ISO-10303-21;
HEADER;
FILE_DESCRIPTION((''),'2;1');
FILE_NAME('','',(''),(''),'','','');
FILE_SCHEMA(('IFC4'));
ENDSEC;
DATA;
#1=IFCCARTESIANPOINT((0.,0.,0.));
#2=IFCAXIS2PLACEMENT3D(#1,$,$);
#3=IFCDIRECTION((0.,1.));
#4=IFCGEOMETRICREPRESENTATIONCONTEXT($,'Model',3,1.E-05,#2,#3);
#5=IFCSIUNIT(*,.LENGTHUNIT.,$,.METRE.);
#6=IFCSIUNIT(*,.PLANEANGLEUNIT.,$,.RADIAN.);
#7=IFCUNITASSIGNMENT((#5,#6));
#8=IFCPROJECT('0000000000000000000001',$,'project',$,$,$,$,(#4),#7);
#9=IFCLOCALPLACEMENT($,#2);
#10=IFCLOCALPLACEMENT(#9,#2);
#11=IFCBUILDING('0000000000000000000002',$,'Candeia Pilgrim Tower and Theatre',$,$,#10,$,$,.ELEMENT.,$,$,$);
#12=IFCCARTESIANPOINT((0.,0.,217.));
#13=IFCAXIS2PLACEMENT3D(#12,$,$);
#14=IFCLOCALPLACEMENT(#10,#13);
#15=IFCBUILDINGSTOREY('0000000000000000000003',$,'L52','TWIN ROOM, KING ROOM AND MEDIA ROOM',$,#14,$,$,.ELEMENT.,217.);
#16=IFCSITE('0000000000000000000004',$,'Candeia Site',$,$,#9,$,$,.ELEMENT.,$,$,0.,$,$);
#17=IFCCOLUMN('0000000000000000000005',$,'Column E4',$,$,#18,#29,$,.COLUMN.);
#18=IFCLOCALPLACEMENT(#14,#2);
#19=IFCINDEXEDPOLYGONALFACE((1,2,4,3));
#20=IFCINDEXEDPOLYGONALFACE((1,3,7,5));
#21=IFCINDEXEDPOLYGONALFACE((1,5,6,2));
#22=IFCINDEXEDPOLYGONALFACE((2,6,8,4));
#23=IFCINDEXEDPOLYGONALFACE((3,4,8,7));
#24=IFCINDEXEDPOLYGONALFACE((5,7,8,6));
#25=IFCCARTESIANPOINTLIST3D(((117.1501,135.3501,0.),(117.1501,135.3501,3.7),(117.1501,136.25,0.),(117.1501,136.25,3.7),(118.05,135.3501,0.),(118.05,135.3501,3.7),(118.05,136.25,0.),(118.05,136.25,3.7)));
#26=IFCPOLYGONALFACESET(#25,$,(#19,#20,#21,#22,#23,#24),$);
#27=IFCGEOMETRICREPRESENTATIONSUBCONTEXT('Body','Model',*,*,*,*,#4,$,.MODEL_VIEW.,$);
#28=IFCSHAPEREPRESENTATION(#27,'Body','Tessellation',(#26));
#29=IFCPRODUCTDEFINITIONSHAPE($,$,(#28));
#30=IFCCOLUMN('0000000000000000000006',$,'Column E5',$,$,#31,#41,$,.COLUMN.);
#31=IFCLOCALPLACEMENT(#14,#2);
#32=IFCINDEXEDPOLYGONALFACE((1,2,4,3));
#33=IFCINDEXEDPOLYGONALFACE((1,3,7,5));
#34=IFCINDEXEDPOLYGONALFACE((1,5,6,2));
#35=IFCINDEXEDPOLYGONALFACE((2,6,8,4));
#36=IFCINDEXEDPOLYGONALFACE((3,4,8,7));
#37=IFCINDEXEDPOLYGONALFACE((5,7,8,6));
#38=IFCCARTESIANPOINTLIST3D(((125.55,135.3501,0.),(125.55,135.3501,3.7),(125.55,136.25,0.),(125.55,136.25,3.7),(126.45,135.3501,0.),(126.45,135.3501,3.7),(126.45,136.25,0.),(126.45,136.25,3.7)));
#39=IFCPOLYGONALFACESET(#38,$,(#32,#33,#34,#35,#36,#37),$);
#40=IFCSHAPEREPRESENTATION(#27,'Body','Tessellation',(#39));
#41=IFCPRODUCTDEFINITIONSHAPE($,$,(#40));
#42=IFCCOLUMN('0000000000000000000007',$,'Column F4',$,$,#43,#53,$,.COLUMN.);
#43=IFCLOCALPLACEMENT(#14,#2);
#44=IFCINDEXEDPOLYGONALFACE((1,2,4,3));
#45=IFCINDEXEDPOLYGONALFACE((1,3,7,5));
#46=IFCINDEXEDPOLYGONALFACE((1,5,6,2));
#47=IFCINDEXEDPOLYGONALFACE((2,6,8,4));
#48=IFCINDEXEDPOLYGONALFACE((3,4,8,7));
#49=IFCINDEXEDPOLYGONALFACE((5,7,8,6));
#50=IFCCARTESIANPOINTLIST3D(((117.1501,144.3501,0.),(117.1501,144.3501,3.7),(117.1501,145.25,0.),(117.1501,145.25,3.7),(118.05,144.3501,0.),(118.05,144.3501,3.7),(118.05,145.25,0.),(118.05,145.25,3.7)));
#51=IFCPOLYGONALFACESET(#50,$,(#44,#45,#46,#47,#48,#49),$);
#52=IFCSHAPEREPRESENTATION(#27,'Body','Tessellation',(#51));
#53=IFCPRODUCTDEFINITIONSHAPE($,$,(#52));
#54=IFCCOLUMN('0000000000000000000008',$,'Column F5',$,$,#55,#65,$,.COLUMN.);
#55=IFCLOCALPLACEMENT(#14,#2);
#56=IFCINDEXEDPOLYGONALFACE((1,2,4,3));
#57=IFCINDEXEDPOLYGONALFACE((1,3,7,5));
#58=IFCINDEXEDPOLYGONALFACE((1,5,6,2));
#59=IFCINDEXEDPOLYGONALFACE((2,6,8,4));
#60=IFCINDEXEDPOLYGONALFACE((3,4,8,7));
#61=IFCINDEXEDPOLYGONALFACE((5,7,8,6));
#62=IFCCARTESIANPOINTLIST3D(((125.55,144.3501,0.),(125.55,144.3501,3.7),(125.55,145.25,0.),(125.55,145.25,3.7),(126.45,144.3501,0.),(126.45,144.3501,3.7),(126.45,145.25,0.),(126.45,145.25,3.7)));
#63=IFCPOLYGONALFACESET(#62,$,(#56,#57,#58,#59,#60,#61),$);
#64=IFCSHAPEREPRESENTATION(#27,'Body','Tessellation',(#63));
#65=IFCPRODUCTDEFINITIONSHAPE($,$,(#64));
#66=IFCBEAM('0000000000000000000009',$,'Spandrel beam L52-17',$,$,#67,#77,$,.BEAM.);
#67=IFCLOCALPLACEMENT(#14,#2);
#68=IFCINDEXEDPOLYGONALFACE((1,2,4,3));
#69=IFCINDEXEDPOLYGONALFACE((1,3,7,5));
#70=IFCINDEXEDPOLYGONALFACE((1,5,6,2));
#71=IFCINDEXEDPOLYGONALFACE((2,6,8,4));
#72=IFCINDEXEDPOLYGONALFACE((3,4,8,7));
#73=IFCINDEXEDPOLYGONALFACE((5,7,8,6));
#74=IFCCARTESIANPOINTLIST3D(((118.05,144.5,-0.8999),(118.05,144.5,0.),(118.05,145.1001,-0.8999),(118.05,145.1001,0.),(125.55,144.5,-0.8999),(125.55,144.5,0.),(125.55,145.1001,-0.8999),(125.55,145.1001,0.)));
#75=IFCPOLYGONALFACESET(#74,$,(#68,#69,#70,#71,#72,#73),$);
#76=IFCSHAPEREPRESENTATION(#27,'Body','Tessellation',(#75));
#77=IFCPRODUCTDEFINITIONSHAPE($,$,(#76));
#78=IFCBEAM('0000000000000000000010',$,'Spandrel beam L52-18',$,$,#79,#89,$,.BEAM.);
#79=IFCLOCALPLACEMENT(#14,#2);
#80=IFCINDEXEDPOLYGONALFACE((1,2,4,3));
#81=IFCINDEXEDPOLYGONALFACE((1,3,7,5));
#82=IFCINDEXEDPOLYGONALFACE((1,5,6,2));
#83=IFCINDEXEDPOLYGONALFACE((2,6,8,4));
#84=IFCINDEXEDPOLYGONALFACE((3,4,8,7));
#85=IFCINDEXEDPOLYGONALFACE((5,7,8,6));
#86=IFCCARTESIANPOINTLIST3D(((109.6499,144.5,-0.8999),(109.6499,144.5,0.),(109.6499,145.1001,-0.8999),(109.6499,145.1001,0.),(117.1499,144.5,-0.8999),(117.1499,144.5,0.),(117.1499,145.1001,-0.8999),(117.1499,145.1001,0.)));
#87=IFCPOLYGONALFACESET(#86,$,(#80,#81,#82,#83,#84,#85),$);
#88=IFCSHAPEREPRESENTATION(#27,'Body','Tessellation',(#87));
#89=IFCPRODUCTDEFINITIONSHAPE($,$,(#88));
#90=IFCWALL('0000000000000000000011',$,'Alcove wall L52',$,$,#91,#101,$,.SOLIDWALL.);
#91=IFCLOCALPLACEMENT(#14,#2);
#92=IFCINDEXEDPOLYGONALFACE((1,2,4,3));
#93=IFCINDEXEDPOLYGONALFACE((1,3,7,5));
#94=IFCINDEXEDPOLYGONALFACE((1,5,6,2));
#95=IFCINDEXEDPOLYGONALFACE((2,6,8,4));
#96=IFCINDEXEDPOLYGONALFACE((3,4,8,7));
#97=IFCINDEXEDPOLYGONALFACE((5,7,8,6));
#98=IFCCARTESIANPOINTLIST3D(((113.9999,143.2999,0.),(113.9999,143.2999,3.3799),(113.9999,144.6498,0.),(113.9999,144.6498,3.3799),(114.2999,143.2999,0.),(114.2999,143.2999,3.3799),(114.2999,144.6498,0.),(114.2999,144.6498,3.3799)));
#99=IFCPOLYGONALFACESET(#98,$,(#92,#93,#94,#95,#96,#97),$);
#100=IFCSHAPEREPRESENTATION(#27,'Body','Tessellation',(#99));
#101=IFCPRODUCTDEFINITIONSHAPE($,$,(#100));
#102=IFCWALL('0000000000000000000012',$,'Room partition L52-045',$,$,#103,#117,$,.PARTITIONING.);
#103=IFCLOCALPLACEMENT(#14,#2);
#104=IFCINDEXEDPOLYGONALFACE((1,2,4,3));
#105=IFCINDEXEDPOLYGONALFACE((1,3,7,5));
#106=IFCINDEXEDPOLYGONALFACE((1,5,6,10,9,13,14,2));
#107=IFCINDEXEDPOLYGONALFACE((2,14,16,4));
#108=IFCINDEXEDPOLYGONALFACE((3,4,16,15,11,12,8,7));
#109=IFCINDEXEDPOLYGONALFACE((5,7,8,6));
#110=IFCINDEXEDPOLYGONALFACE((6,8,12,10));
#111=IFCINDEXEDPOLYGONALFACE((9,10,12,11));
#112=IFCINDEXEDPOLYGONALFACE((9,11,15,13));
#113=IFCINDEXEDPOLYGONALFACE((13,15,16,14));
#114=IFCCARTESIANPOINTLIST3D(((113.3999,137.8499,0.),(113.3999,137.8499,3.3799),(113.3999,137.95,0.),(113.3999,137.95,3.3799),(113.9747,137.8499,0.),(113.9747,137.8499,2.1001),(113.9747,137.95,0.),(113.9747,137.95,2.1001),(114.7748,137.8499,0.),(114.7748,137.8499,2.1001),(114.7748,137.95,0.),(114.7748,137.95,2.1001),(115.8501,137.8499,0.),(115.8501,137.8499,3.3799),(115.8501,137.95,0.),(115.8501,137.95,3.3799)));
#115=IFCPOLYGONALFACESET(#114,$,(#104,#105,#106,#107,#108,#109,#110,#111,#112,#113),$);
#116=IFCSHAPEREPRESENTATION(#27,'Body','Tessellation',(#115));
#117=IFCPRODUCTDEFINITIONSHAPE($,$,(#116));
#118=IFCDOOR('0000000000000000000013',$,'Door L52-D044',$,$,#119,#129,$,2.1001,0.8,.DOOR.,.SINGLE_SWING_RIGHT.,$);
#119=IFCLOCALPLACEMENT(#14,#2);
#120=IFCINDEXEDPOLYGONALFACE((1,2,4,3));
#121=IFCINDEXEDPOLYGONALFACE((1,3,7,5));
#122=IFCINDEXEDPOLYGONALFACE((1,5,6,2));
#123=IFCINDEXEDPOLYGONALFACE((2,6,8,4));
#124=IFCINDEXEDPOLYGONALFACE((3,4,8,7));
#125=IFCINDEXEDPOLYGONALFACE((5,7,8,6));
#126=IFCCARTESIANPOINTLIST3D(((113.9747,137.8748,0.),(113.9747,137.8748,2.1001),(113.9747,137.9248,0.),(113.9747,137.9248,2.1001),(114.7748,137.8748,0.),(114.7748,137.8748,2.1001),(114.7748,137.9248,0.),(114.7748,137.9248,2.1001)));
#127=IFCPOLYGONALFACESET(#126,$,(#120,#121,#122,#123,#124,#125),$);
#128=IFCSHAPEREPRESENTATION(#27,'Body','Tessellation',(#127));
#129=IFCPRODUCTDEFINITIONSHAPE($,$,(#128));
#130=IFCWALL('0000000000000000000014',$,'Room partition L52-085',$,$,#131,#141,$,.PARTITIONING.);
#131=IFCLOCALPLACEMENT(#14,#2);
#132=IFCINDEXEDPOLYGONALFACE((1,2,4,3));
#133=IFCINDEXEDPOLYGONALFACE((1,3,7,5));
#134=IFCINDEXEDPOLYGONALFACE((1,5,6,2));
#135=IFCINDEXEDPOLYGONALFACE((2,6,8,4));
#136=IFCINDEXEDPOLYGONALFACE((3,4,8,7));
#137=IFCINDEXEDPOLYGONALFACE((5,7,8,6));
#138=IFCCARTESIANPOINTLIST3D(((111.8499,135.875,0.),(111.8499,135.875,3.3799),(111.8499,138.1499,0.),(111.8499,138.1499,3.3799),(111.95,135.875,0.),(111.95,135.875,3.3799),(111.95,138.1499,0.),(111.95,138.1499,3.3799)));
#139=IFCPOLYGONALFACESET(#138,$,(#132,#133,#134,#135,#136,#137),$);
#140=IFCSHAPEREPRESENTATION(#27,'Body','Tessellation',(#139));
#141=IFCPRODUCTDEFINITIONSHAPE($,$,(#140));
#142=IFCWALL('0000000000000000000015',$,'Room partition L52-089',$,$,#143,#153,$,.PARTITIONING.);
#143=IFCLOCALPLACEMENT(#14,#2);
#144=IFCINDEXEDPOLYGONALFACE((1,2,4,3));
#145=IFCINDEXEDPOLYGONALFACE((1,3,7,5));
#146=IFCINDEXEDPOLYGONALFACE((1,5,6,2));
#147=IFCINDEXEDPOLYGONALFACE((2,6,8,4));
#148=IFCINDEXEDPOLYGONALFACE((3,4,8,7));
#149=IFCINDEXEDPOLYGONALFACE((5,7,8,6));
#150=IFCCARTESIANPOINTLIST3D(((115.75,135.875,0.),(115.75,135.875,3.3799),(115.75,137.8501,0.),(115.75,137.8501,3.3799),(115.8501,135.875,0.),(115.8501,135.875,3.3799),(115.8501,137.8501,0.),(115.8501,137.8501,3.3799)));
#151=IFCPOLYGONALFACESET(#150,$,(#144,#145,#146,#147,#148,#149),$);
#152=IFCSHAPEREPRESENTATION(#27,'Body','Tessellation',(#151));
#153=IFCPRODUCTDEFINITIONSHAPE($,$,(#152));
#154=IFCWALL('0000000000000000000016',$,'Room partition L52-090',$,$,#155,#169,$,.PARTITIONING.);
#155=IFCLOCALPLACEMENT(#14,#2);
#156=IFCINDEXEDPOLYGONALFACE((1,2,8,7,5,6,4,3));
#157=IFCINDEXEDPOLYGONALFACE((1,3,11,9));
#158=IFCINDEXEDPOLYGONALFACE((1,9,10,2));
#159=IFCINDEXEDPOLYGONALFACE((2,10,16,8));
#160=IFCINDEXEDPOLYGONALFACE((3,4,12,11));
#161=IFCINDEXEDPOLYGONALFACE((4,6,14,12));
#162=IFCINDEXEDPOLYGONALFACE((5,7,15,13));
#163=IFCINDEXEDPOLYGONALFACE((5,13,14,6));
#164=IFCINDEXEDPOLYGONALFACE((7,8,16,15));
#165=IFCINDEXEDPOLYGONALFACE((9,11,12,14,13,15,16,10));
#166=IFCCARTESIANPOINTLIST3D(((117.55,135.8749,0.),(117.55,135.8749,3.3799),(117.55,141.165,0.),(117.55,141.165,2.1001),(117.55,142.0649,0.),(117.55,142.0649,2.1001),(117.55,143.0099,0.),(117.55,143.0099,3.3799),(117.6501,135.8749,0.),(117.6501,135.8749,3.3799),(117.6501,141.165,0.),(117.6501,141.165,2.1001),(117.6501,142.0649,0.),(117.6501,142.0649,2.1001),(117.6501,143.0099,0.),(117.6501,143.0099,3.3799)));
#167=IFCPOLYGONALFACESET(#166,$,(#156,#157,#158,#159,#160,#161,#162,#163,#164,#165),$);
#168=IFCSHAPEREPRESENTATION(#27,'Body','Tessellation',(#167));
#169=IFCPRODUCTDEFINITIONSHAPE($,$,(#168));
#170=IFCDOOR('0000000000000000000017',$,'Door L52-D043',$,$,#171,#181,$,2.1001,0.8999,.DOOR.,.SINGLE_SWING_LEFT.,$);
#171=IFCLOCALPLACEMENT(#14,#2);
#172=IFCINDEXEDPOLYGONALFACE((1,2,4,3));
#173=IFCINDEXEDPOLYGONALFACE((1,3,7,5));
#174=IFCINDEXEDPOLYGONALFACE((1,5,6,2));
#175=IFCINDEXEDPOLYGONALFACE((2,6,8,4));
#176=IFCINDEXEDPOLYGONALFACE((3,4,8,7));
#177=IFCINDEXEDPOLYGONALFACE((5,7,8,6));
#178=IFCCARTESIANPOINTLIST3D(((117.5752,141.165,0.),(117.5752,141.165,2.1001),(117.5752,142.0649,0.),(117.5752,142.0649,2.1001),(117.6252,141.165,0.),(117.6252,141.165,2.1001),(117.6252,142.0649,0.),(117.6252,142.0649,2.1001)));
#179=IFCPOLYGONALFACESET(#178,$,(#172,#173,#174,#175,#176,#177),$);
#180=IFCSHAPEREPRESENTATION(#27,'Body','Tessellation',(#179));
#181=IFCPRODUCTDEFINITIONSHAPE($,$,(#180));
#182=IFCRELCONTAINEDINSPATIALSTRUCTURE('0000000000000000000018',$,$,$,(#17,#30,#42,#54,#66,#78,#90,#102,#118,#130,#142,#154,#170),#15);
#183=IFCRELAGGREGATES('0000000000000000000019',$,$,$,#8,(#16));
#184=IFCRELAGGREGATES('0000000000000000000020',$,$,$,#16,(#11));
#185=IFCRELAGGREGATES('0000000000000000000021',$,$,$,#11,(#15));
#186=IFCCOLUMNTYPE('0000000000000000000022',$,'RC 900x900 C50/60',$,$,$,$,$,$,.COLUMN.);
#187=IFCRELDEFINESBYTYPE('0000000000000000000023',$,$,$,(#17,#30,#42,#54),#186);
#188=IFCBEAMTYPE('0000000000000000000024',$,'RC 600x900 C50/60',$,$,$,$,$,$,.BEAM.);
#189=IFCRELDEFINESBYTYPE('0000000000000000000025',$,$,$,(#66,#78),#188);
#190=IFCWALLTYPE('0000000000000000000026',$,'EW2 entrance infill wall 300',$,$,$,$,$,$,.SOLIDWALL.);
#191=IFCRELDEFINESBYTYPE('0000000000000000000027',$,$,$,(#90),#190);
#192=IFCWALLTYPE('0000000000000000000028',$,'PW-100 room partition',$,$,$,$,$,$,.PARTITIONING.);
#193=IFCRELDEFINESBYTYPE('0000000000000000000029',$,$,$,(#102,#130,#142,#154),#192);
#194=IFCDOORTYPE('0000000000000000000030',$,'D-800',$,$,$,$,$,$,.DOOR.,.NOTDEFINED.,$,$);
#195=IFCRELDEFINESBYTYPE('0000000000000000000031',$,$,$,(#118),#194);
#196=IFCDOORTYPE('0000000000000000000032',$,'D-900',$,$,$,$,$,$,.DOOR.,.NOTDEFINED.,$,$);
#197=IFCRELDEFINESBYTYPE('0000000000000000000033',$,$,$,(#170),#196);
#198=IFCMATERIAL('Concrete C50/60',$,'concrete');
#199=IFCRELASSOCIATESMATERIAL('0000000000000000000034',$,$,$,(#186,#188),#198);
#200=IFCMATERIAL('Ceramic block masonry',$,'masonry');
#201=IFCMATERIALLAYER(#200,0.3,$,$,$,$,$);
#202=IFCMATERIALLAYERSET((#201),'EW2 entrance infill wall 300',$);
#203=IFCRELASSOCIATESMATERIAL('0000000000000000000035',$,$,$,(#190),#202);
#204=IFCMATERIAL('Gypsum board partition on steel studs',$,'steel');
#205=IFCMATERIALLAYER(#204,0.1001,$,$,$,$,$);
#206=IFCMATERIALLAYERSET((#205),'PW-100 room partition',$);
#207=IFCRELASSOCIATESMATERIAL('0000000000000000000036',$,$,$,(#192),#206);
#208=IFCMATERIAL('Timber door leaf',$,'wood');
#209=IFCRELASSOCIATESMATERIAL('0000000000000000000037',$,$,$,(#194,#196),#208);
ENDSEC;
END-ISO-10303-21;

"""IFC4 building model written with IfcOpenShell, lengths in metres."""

from ifc_helpers import new_model, si_unit, direction, frame, frame_2d, origin, origin_2d, place, context, subcontext, project, spatial, rectangle, extrude, material, layer, layer_set, material_profile, profile_set, type_object, element, fill, save


model = new_model("IFC4")

# Units and contexts
model_context = context("Model", 3, precision=1e-05, world=origin(), true_north=direction((0.0, 1.0)))
body_context = subcontext(model_context, "Body", "Model", "MODEL_VIEW")
ifc_project = project(units=[si_unit("LENGTHUNIT", "METRE"), si_unit("PLANEANGLEUNIT", "RADIAN")], contexts=[model_context])

# Site, building, storey
site_placement = place(None, origin())
site = spatial("IfcSite", under=ifc_project, at=site_placement, Name="Candeia Site", CompositionType="ELEMENT", RefElevation=0.0)
building_placement = place(site_placement, origin())
building = spatial("IfcBuilding", under=site, at=building_placement, Name="Candeia Pilgrim Tower and Theatre", CompositionType="ELEMENT")
storey_placement = place(building_placement, frame((0.0, 0.0, 217.0)))
storey = spatial("IfcBuildingStorey", under=building, at=storey_placement, Name="L52", Description="TWIN ROOM, KING ROOM AND MEDIA ROOM", CompositionType="ELEMENT", Elevation=217.0)

# Columns
ifc_material_1 = material(Name="Concrete C50/60", Category="concrete")
ifc_material_profile_1 = material_profile(ifc_material_1, rectangle(XDim=0.8999, YDim=0.8999, at=origin_2d()))
ifc_profile_set_1 = profile_set([ifc_material_profile_1], Name="Concrete C50/60")
column_type = type_object("IfcColumnType", Name="RC 900x900 C50/60", PredefinedType="COLUMN", material=ifc_profile_set_1)
for number, where, z_axis, x_axis, name in (
    (1, (117.6001, 135.8, 0.0), (0.0, 0.0, 1.0), (1.0, 0.0, 0.0), "Column E4"),
    (2, (126.0, 135.8, 0.0), (0.0, 0.0, 1.0), (1.0, 0.0, 0.0), "Column E5"),
    (3, (117.6001, 144.8, 0.0), (0.0, 0.0, 1.0), (1.0, 0.0, 0.0), "Column F4"),
    (4, (126.0, 144.8, 0.0), (0.0, 0.0, 1.0), (1.0, 0.0, 0.0), "Column F5"),
):
    element("IfcColumn", number, at=place(storey_placement, frame(where, z_axis=z_axis, x_axis=x_axis)), inside=storey, type_object=column_type, Name=name, PredefinedType="COLUMN", context=body_context, shape_type="SweptSolid", body=[
        extrude(rectangle(XDim=0.8999, YDim=0.8999, at=origin_2d()), origin(), (0.0, 0.0, 1.0), 3.7),
    ])

# Beams
ifc_material_profile_2 = material_profile(ifc_material_1, rectangle(XDim=0.6001, YDim=0.8999, at=origin_2d()))
ifc_profile_set_2 = profile_set([ifc_material_profile_2], Name="Concrete C50/60")
beam_type = type_object("IfcBeamType", Name="RC 600x900 C50/60", PredefinedType="BEAM", material=ifc_profile_set_2)
for number, where, z_axis, x_axis, name in (
    (5, (125.55, 144.8, -0.45), (-1.0, 0.0, 0.0), (0.0, -1.0, 0.0), "Spandrel beam L52-17"),
    (6, (117.1499, 144.8, -0.45), (-1.0, 0.0, 0.0), (0.0, -1.0, 0.0), "Spandrel beam L52-18"),
):
    element("IfcBeam", number, at=place(storey_placement, frame(where, z_axis=z_axis, x_axis=x_axis)), inside=storey, type_object=beam_type, Name=name, PredefinedType="BEAM", context=body_context, shape_type="SweptSolid", body=[
        extrude(rectangle(XDim=0.6001, YDim=0.8999, at=origin_2d()), origin(), (0.0, 0.0, 1.0), 7.5),
    ])

# Wall
ifc_material_2 = material(Name="Ceramic block masonry", Category="masonry")
ifc_layer_1 = layer(ifc_material_2, 0.3)
ifc_layer_set_1 = layer_set([ifc_layer_1], Name="EW2 entrance infill wall 300")
wall_type_1 = type_object("IfcWallType", Name="EW2 entrance infill wall 300", PredefinedType="SOLIDWALL", material=ifc_layer_set_1)
wall_1_placement = place(storey_placement, frame((114.1499, 143.3, 0.0), z_axis=(0.0, 0.0, 1.0), x_axis=(0.0, 1.0, 0.0)))
element("IfcWall", 7, at=wall_1_placement, inside=storey, type_object=wall_type_1, Name="Alcove wall L52", PredefinedType="SOLIDWALL", context=body_context, shape_type="SweptSolid", body=[
    extrude(rectangle(XDim=1.3499, YDim=0.3, at=frame_2d((0.6748, 0.0))), origin(), (0.0, 0.0, 1.0), 3.3799),
])

# Wall, opening, door
ifc_material_3 = material(Name="Gypsum board partition on steel studs", Category="steel")
ifc_layer_2 = layer(ifc_material_3, 0.1001)
ifc_layer_set_2 = layer_set([ifc_layer_2], Name="PW-100 room partition")
wall_type_2 = type_object("IfcWallType", Name="PW-100 room partition", PredefinedType="PARTITIONING", material=ifc_layer_set_2)
wall_2_placement = place(storey_placement, frame((113.3999, 137.8999, 0.0), z_axis=(0.0, 0.0, 1.0), x_axis=(1.0, 0.0, 0.0)))
wall_2 = element("IfcWall", 8, at=wall_2_placement, inside=storey, type_object=wall_type_2, Name="Room partition L52-045", PredefinedType="PARTITIONING", context=body_context, shape_type="SweptSolid", body=[
    extrude(rectangle(XDim=2.4502, YDim=0.1001, at=frame_2d((1.2251, 0.0))), origin(), (0.0, 0.0, 1.0), 3.3799),
])
opening_1_placement = place(wall_2_placement, frame((0.575, 0.0, 0.0)))
opening_1 = element("IfcOpeningElement", 9, at=opening_1_placement, cuts=wall_2, PredefinedType="OPENING", context=body_context, shape_type="SweptSolid", body=[
    extrude(rectangle(XDim=0.8, YDim=2.1001, at=frame_2d((0.3999, 1.05))), frame((0.0, 0.0601, 0.0), z_axis=(0.0, -1.0, 0.0), x_axis=(1.0, 0.0, 0.0)), (0.0, 0.0, 1.0), 0.1201),
])
ifc_material_4 = material(Name="Timber door leaf", Category="wood")
door_type_1 = type_object("IfcDoorType", Name="D-800", OperationType="NOTDEFINED", PredefinedType="DOOR", material=ifc_material_4)
door_1_placement = place(opening_1_placement, origin())
door_1 = element("IfcDoor", 10, at=door_1_placement, inside=storey, type_object=door_type_1, Name="Door L52-D044", OperationType="SINGLE_SWING_RIGHT", OverallHeight=2.1001, OverallWidth=0.8, PredefinedType="DOOR", context=body_context, shape_type="SweptSolid", body=[
    extrude(rectangle(XDim=0.8, YDim=2.1001, at=frame_2d((0.3999, 1.05))), frame((0.0, 0.0249, 0.0), z_axis=(0.0, -1.0, 0.0), x_axis=(1.0, 0.0, 0.0)), (0.0, 0.0, 1.0), 0.05),
])
fill(opening_1, door_1)

# Walls
wall_3_placement = place(storey_placement, frame((111.8999, 135.875, 0.0), z_axis=(0.0, 0.0, 1.0), x_axis=(0.0, 1.0, 0.0)))
element("IfcWall", 11, at=wall_3_placement, inside=storey, type_object=wall_type_2, Name="Room partition L52-085", PredefinedType="PARTITIONING", context=body_context, shape_type="SweptSolid", body=[
    extrude(rectangle(XDim=2.2749, YDim=0.1001, at=frame_2d((1.1375, 0.0))), origin(), (0.0, 0.0, 1.0), 3.3799),
])
wall_4_placement = place(storey_placement, frame((115.8, 135.875, 0.0), z_axis=(0.0, 0.0, 1.0), x_axis=(0.0, 1.0, 0.0)))
element("IfcWall", 12, at=wall_4_placement, inside=storey, type_object=wall_type_2, Name="Room partition L52-089", PredefinedType="PARTITIONING", context=body_context, shape_type="SweptSolid", body=[
    extrude(rectangle(XDim=1.9751, YDim=0.1001, at=frame_2d((0.9875, 0.0))), origin(), (0.0, 0.0, 1.0), 3.3799),
])

# Wall, opening, door
wall_5_placement = place(storey_placement, frame((117.6001, 135.875, 0.0), z_axis=(0.0, 0.0, 1.0), x_axis=(0.0, 1.0, 0.0)))
wall_5 = element("IfcWall", 13, at=wall_5_placement, inside=storey, type_object=wall_type_2, Name="Room partition L52-090", PredefinedType="PARTITIONING", context=body_context, shape_type="SweptSolid", body=[
    extrude(rectangle(XDim=7.135, YDim=0.1001, at=frame_2d((3.5674, 0.0))), origin(), (0.0, 0.0, 1.0), 3.3799),
])
opening_2_placement = place(wall_5_placement, frame((5.29, 0.0, 0.0)))
opening_2 = element("IfcOpeningElement", 14, at=opening_2_placement, cuts=wall_5, PredefinedType="OPENING", context=body_context, shape_type="SweptSolid", body=[
    extrude(rectangle(XDim=0.8999, YDim=2.1001, at=frame_2d((0.45, 1.05))), frame((0.0, 0.0601, 0.0), z_axis=(0.0, -1.0, 0.0), x_axis=(1.0, 0.0, 0.0)), (0.0, 0.0, 1.0), 0.1201),
])
door_type_2 = type_object("IfcDoorType", Name="D-900", OperationType="NOTDEFINED", PredefinedType="DOOR", material=ifc_material_4)
door_2_placement = place(opening_2_placement, origin())
door_2 = element("IfcDoor", 15, at=door_2_placement, inside=storey, type_object=door_type_2, Name="Door L52-D043", OperationType="SINGLE_SWING_LEFT", OverallHeight=2.1001, OverallWidth=0.8999, PredefinedType="DOOR", context=body_context, shape_type="SweptSolid", body=[
    extrude(rectangle(XDim=0.8999, YDim=2.1001, at=frame_2d((0.45, 1.05))), frame((0.0, 0.0249, 0.0), z_axis=(0.0, -1.0, 0.0), x_axis=(1.0, 0.0, 0.0)), (0.0, 0.0, 1.0), 0.05),
])
fill(opening_2, door_2)

save(model, "model.ifc")
